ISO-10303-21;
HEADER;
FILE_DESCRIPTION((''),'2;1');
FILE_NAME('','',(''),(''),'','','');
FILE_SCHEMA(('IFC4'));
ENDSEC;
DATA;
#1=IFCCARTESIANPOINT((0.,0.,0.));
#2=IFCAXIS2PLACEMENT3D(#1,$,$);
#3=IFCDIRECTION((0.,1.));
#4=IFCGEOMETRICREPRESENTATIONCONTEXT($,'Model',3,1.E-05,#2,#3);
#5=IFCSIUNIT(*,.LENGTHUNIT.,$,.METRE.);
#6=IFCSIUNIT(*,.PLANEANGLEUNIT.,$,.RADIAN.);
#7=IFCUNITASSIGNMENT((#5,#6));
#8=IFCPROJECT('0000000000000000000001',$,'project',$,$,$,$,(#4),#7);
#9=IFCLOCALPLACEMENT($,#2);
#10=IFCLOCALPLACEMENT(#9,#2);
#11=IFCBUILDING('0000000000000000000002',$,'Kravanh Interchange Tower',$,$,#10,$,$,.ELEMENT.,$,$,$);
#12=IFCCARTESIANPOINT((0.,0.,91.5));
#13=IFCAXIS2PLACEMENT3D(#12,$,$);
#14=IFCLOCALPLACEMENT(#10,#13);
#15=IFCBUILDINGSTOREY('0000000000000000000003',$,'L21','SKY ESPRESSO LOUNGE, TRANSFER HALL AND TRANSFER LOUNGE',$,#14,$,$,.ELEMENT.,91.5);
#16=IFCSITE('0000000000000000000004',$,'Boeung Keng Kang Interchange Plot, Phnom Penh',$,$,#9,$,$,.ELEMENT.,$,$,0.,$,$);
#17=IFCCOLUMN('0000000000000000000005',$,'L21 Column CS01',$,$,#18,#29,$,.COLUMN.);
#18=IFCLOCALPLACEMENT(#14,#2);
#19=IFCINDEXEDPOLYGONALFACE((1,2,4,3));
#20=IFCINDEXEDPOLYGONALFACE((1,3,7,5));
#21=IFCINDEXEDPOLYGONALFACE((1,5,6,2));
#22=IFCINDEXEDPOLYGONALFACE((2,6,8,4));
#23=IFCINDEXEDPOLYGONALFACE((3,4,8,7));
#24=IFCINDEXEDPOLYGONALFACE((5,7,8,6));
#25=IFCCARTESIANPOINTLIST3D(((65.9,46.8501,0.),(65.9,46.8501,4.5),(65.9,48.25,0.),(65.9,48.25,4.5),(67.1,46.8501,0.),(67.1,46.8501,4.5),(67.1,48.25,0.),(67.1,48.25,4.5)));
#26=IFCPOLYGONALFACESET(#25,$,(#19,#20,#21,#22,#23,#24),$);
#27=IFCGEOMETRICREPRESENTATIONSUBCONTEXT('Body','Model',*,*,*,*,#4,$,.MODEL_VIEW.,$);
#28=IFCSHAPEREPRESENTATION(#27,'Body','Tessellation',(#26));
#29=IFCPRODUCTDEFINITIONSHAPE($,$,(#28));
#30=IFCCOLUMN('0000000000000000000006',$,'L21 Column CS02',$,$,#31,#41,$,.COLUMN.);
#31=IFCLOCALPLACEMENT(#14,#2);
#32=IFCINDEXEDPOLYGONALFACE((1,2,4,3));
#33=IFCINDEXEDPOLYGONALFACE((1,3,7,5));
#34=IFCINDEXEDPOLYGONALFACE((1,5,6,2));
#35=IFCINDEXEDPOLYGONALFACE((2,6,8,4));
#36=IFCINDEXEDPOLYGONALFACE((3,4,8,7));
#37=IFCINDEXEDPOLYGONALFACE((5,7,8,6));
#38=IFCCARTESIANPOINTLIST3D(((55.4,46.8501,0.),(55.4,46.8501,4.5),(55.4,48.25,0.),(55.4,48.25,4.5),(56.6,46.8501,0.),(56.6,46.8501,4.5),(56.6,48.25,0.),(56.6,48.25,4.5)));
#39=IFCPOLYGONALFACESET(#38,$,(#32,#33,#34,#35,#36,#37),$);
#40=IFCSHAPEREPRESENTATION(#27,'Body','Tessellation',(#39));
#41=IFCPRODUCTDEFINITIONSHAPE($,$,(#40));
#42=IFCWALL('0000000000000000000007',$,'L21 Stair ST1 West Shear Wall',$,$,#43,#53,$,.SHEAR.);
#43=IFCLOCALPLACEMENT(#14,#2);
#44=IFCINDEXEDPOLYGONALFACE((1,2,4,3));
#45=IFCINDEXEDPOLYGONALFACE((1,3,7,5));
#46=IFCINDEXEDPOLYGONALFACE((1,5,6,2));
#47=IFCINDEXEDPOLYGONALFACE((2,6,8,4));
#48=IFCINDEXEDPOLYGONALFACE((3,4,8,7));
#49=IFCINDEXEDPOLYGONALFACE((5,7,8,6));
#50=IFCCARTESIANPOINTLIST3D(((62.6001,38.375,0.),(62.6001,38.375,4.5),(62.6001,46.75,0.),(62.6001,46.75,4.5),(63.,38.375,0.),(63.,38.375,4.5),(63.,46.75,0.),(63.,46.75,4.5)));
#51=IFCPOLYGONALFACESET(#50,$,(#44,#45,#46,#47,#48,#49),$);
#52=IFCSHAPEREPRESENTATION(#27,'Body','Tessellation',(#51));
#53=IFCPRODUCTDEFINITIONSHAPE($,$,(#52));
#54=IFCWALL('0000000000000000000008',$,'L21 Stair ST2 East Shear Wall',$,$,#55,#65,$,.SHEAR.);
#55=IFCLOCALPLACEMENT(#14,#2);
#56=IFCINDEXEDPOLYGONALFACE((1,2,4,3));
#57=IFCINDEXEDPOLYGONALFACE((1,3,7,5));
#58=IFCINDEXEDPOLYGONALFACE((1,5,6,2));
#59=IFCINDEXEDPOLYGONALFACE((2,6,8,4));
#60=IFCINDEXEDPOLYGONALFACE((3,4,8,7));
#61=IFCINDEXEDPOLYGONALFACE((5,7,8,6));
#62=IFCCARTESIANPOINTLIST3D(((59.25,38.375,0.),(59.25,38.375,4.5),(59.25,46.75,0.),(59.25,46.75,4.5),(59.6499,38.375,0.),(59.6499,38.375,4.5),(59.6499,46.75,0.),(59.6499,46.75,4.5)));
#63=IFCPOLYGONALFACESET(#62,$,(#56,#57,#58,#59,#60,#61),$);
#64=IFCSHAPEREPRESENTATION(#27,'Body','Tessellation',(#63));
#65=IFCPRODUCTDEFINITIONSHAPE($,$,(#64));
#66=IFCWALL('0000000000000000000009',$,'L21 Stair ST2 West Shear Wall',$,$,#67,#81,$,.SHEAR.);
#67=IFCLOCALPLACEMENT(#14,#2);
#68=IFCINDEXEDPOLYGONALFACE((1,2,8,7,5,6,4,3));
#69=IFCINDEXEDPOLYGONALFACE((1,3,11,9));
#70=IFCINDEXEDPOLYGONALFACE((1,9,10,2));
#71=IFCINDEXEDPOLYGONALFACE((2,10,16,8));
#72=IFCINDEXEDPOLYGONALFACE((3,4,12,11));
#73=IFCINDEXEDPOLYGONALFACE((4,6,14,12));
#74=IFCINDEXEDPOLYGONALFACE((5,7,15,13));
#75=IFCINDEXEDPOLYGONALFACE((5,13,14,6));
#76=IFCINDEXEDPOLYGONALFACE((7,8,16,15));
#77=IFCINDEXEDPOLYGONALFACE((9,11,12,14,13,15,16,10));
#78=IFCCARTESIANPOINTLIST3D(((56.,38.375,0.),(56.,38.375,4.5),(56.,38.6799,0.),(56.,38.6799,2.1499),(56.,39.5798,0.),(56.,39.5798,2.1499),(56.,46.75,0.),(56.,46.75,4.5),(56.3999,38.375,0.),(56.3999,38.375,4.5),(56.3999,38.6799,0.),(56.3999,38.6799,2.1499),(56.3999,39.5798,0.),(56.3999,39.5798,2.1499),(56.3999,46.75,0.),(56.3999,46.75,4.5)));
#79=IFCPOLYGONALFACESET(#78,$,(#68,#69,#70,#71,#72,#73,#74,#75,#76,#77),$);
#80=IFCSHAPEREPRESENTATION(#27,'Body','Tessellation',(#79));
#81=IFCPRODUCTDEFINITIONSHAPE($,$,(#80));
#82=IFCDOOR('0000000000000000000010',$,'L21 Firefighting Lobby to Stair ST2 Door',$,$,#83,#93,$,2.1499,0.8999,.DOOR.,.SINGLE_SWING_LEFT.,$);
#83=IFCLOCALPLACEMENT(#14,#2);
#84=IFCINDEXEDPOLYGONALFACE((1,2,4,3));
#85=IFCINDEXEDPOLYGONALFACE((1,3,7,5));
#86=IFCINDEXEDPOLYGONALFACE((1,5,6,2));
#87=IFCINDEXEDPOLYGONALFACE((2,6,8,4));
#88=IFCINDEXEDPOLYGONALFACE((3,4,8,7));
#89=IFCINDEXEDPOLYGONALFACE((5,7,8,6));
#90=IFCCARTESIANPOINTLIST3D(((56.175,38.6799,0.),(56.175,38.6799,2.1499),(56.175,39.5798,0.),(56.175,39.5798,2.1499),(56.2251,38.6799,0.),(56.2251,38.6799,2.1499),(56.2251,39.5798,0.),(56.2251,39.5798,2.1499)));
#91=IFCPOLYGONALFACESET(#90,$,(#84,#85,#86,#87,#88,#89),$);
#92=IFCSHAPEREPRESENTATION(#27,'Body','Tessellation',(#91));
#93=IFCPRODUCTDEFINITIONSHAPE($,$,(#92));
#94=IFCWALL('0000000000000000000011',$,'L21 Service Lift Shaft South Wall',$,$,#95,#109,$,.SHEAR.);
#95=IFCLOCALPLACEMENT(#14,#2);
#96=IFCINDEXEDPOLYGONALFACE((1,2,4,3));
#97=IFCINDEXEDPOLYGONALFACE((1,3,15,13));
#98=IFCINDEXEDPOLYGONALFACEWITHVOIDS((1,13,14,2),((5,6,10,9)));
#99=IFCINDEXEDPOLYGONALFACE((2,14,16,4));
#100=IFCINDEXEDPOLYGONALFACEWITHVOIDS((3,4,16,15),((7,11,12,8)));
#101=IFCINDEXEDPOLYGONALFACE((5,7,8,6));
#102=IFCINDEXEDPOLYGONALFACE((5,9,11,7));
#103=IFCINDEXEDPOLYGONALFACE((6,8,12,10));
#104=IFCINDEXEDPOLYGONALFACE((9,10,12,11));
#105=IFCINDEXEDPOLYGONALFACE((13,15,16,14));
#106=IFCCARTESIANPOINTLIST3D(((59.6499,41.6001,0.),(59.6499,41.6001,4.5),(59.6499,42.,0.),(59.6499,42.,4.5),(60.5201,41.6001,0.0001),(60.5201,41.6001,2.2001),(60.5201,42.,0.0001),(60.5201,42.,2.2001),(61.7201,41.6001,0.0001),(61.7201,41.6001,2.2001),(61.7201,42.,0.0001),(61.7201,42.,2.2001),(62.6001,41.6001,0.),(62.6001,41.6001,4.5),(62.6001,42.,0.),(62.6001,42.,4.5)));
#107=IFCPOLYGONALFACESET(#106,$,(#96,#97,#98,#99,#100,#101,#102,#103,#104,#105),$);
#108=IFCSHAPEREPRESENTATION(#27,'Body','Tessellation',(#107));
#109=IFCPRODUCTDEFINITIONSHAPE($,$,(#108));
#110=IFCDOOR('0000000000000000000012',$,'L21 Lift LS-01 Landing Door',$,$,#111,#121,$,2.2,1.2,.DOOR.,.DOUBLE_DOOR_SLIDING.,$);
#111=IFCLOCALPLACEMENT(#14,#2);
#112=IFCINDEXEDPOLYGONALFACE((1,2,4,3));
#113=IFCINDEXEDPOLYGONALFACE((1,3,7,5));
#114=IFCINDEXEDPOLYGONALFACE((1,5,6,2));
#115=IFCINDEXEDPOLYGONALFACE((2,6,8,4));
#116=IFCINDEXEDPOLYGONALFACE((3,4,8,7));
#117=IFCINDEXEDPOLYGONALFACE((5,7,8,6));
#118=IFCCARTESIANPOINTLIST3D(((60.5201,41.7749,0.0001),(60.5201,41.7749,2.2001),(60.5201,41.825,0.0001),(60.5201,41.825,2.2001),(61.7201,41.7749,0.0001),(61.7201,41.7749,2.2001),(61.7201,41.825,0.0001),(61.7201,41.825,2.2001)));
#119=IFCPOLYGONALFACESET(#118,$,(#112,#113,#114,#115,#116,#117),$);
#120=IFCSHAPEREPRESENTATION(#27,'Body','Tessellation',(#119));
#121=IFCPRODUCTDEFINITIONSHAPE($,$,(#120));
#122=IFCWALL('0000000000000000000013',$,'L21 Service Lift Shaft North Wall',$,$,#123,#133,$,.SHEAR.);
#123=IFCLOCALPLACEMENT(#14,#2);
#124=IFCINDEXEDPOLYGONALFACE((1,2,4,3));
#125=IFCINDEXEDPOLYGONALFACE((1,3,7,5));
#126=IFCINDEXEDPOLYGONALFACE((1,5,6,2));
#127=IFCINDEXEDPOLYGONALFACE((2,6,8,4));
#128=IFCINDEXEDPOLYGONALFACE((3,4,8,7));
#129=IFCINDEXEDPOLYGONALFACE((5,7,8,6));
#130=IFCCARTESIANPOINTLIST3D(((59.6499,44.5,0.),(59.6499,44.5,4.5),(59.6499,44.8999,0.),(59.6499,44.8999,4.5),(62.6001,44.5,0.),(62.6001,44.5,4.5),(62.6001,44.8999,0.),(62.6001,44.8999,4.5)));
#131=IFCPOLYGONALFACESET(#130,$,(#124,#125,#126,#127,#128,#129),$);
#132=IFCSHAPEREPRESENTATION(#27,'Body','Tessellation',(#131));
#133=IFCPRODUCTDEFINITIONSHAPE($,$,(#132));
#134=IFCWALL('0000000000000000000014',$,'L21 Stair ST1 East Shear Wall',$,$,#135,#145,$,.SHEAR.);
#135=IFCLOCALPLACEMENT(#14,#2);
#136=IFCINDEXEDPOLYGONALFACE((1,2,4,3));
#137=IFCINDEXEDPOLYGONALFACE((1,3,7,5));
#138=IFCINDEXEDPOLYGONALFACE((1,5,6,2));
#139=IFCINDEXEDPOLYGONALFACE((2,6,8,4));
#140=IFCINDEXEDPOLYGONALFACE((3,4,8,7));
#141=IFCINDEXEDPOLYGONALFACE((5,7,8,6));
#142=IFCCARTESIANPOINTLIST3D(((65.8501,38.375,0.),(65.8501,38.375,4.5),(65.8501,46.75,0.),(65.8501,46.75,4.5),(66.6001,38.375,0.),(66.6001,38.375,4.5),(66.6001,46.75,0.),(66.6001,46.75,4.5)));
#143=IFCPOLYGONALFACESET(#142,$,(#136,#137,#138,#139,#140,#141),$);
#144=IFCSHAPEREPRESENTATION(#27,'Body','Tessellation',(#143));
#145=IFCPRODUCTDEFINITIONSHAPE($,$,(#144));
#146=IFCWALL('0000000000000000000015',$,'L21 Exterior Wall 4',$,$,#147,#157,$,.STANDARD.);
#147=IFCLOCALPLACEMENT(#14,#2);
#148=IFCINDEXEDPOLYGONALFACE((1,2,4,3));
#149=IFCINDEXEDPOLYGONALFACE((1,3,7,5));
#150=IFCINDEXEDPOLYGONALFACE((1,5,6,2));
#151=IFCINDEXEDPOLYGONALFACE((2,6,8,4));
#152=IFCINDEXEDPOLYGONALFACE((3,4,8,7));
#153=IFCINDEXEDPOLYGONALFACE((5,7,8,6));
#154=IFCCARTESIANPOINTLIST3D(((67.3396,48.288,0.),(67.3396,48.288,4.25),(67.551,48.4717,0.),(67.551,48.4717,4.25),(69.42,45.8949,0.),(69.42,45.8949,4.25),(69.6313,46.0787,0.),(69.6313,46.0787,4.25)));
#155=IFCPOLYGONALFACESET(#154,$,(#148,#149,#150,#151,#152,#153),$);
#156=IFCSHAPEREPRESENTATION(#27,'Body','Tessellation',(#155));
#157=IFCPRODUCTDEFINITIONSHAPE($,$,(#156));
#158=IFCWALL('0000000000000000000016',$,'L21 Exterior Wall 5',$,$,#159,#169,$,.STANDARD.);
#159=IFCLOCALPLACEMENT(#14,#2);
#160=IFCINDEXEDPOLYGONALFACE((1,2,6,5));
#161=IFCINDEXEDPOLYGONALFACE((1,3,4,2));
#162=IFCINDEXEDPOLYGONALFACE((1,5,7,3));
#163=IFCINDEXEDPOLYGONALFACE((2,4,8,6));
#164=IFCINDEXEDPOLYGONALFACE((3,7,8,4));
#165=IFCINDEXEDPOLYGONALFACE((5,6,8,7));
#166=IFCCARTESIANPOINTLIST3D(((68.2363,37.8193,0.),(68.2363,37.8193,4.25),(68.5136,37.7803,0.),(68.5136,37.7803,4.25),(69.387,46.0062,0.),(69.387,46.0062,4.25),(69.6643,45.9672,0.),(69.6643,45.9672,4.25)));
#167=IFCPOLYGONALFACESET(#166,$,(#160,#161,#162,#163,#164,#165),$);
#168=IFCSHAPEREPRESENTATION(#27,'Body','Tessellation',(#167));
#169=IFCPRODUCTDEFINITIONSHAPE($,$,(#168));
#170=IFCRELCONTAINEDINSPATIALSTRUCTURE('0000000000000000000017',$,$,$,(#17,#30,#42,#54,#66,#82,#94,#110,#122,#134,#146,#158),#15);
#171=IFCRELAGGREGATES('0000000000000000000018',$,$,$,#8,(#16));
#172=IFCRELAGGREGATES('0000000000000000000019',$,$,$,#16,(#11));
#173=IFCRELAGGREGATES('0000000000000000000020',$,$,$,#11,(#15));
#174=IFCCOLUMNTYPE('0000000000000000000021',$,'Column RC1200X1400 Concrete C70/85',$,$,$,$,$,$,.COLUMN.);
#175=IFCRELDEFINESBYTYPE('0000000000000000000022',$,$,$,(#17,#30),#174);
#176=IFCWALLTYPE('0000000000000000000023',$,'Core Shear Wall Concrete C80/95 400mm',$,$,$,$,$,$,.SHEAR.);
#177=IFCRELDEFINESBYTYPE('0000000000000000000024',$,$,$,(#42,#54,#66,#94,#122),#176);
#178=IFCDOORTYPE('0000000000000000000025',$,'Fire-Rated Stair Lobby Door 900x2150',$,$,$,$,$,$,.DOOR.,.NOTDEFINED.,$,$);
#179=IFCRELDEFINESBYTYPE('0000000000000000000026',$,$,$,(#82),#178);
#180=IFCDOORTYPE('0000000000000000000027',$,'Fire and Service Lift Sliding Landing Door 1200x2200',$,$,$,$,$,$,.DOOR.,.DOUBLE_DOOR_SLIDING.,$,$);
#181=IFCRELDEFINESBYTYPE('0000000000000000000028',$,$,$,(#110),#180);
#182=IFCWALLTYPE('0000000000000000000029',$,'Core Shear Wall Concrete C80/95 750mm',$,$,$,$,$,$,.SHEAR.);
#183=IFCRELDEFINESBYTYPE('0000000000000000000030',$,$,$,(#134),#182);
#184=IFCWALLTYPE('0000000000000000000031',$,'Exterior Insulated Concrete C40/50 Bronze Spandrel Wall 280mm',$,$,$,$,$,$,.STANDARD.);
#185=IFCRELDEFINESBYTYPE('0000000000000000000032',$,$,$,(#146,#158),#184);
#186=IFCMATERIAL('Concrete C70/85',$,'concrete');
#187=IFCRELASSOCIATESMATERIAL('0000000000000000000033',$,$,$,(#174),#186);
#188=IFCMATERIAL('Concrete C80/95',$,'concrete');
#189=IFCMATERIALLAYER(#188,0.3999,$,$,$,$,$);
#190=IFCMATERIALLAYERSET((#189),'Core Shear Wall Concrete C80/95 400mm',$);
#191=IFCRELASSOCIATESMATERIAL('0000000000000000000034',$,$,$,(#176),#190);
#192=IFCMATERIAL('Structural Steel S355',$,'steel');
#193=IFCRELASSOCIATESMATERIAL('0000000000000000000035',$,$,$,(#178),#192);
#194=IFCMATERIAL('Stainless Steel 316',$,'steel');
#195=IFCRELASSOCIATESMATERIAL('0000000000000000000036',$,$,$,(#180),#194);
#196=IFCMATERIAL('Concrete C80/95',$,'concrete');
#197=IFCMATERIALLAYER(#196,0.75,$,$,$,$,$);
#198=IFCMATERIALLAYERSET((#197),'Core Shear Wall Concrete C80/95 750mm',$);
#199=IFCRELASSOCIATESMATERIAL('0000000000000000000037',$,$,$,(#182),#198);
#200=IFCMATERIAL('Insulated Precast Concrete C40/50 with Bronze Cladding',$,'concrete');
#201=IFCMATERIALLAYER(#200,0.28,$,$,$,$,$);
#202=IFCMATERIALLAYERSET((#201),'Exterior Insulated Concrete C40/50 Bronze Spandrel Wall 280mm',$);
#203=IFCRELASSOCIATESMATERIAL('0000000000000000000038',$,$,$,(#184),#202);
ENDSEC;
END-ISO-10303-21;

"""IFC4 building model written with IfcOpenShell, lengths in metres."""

from ifc_helpers import new_model, si_unit, direction, frame, frame_2d, origin, origin_2d, place, context, subcontext, project, spatial, rectangle, extrude, material, layer, layer_set, material_profile, profile_set, type_object, element, fill, save


model = new_model("IFC4")

# Units and contexts
model_context = context("Model", 3, precision=1e-05, world=origin(), true_north=direction((0.0, 1.0)))
body_context = subcontext(model_context, "Body", "Model", "MODEL_VIEW")
ifc_project = project(units=[si_unit("LENGTHUNIT", "METRE"), si_unit("PLANEANGLEUNIT", "RADIAN")], contexts=[model_context])

# Site, building, storey
site_placement = place(None, origin())
site = spatial("IfcSite", under=ifc_project, at=site_placement, Name="Boeung Keng Kang Interchange Plot, Phnom Penh", CompositionType="ELEMENT", RefElevation=0.0)
building_placement = place(site_placement, origin())
building = spatial("IfcBuilding", under=site, at=building_placement, Name="Kravanh Interchange Tower", CompositionType="ELEMENT")
storey_placement = place(building_placement, frame((0.0, 0.0, 91.5)))
storey = spatial("IfcBuildingStorey", under=building, at=storey_placement, Name="L21", Description="SKY ESPRESSO LOUNGE, TRANSFER HALL AND TRANSFER LOUNGE", CompositionType="ELEMENT", Elevation=91.5)

# Columns
ifc_material_1 = material(Name="Concrete C70/85", Category="concrete")
ifc_material_profile = material_profile(ifc_material_1, rectangle(XDim=1.2, YDim=1.3999, at=origin_2d()), Name="RC1200X1400")
ifc_profile_set = profile_set([ifc_material_profile], Name="Concrete C70/85")
column_type = type_object("IfcColumnType", Name="Column RC1200X1400 Concrete C70/85", PredefinedType="COLUMN", material=ifc_profile_set)
for number, where, z_axis, x_axis, name in (
    (1, (66.5, 47.55, 0.0), (0.0, 0.0, 1.0), (1.0, 0.0, 0.0), "L21 Column CS01"),
    (2, (56.0, 47.55, 0.0), (0.0, 0.0, 1.0), (1.0, 0.0, 0.0), "L21 Column CS02"),
):
    element("IfcColumn", number, at=place(storey_placement, frame(where, z_axis=z_axis, x_axis=x_axis)), inside=storey, type_object=column_type, Name=name, PredefinedType="COLUMN", context=body_context, shape_type="SweptSolid", body=[
        extrude(rectangle(XDim=1.2, YDim=1.3999, at=origin_2d()), origin(), (0.0, 0.0, 1.0), 4.5),
    ])

# Walls
ifc_material_2 = material(Name="Concrete C80/95", Category="concrete")
ifc_layer_1 = layer(ifc_material_2, 0.3999)
ifc_layer_set_1 = layer_set([ifc_layer_1], Name="Core Shear Wall Concrete C80/95 400mm")
wall_type_1 = type_object("IfcWallType", Name="Core Shear Wall Concrete C80/95 400mm", PredefinedType="SHEAR", material=ifc_layer_set_1)
for number, where, z_axis, x_axis, name in (
    (3, (62.8, 38.375, 0.0), (0.0, 0.0, 1.0), (0.0, 1.0, 0.0), "L21 Stair ST1 West Shear Wall"),
    (4, (59.45, 38.375, 0.0), (0.0, 0.0, 1.0), (0.0, 1.0, 0.0), "L21 Stair ST2 East Shear Wall"),
):
    element("IfcWall", number, at=place(storey_placement, frame(where, z_axis=z_axis, x_axis=x_axis)), inside=storey, type_object=wall_type_1, Name=name, PredefinedType="SHEAR", context=body_context, shape_type="SweptSolid", body=[
        extrude(rectangle(XDim=8.375, YDim=0.3999, at=frame_2d((4.1875, 0.0))), origin(), (0.0, 0.0, 1.0), 4.5),
    ])

# Walls, openings, doors
wall_1_placement = place(storey_placement, frame((56.2, 38.375, 0.0), z_axis=(0.0, 0.0, 1.0), x_axis=(0.0, 1.0, 0.0)))
wall_1 = element("IfcWall", 5, at=wall_1_placement, inside=storey, type_object=wall_type_1, Name="L21 Stair ST2 West Shear Wall", PredefinedType="SHEAR", context=body_context, shape_type="SweptSolid", body=[
    extrude(rectangle(XDim=8.375, YDim=0.3999, at=frame_2d((4.1875, 0.0))), origin(), (0.0, 0.0, 1.0), 4.5),
])
opening_1_placement = place(wall_1_placement, frame((0.3049, 0.0, 0.0)))
opening_1 = element("IfcOpeningElement", 6, at=opening_1_placement, cuts=wall_1, PredefinedType="OPENING", context=body_context, shape_type="SweptSolid", body=[
    extrude(rectangle(XDim=0.8999, YDim=2.1499, at=frame_2d((0.45, 1.075))), frame((0.0, 0.21, 0.0), z_axis=(0.0, -1.0, 0.0), x_axis=(1.0, 0.0, 0.0)), (0.0, 0.0, 1.0), 0.4199),
])
ifc_material_3 = material(Name="Structural Steel S355", Category="steel")
door_type_1 = type_object("IfcDoorType", Name="Fire-Rated Stair Lobby Door 900x2150", OperationType="NOTDEFINED", PredefinedType="DOOR", material=ifc_material_3)
door_1_placement = place(opening_1_placement, origin())
door_1 = element("IfcDoor", 7, at=door_1_placement, inside=storey, type_object=door_type_1, Name="L21 Firefighting Lobby to Stair ST2 Door", OperationType="SINGLE_SWING_LEFT", OverallHeight=2.1499, OverallWidth=0.8999, PredefinedType="DOOR", context=body_context, shape_type="SweptSolid", body=[
    extrude(rectangle(XDim=0.8999, YDim=2.1499, at=frame_2d((0.45, 1.075))), frame((0.0, 0.0249, 0.0), z_axis=(0.0, -1.0, 0.0), x_axis=(1.0, 0.0, 0.0)), (0.0, 0.0, 1.0), 0.05),
])
fill(opening_1, door_1)
wall_2_placement = place(storey_placement, frame((59.6499, 41.8, 0.0), z_axis=(0.0, 0.0, 1.0), x_axis=(1.0, 0.0, 0.0)))
wall_2 = element("IfcWall", 8, at=wall_2_placement, inside=storey, type_object=wall_type_1, Name="L21 Service Lift Shaft South Wall", PredefinedType="SHEAR", context=body_context, shape_type="SweptSolid", body=[
    extrude(rectangle(XDim=2.9502, YDim=0.3999, at=frame_2d((1.4751, 0.0))), origin(), (0.0, 0.0, 1.0), 4.5),
])
opening_2_placement = place(wall_2_placement, frame((0.8701, 0.0, 0.0)))
opening_2 = element("IfcOpeningElement", 9, at=opening_2_placement, cuts=wall_2, PredefinedType="OPENING", context=body_context, shape_type="SweptSolid", body=[
    extrude(rectangle(XDim=1.2, YDim=2.2, at=frame_2d((0.6001, 1.1001))), frame((0.0, 0.21, 0.0), z_axis=(0.0, -1.0, 0.0), x_axis=(1.0, 0.0, 0.0)), (0.0, 0.0, 1.0), 0.4199),
])
ifc_material_4 = material(Name="Stainless Steel 316", Category="steel")
door_type_2 = type_object("IfcDoorType", Name="Fire and Service Lift Sliding Landing Door 1200x2200", OperationType="DOUBLE_DOOR_SLIDING", PredefinedType="DOOR", material=ifc_material_4)
door_2_placement = place(opening_2_placement, origin())
door_2 = element("IfcDoor", 10, at=door_2_placement, inside=storey, type_object=door_type_2, Name="L21 Lift LS-01 Landing Door", OperationType="DOUBLE_DOOR_SLIDING", OverallHeight=2.2, OverallWidth=1.2, PredefinedType="DOOR", context=body_context, shape_type="SweptSolid", body=[
    extrude(rectangle(XDim=1.2, YDim=2.2, at=frame_2d((0.6001, 1.1001))), frame((0.0, 0.0249, 0.0), z_axis=(0.0, -1.0, 0.0), x_axis=(1.0, 0.0, 0.0)), (0.0, 0.0, 1.0), 0.05),
])
fill(opening_2, door_2)

# Walls
wall_3_placement = place(storey_placement, frame((59.6499, 44.7, 0.0), z_axis=(0.0, 0.0, 1.0), x_axis=(1.0, 0.0, 0.0)))
element("IfcWall", 11, at=wall_3_placement, inside=storey, type_object=wall_type_1, Name="L21 Service Lift Shaft North Wall", PredefinedType="SHEAR", context=body_context, shape_type="SweptSolid", body=[
    extrude(rectangle(XDim=2.9502, YDim=0.3999, at=frame_2d((1.4751, 0.0))), origin(), (0.0, 0.0, 1.0), 4.5),
])
ifc_material_5 = material(Name="Concrete C80/95", Category="concrete")
ifc_layer_2 = layer(ifc_material_5, 0.75)
ifc_layer_set_2 = layer_set([ifc_layer_2], Name="Core Shear Wall Concrete C80/95 750mm")
wall_type_2 = type_object("IfcWallType", Name="Core Shear Wall Concrete C80/95 750mm", PredefinedType="SHEAR", material=ifc_layer_set_2)
wall_4_placement = place(storey_placement, frame((66.2251, 38.375, 0.0), z_axis=(0.0, 0.0, 1.0), x_axis=(0.0, 1.0, 0.0)))
element("IfcWall", 12, at=wall_4_placement, inside=storey, type_object=wall_type_2, Name="L21 Stair ST1 East Shear Wall", PredefinedType="SHEAR", context=body_context, shape_type="SweptSolid", body=[
    extrude(rectangle(XDim=8.375, YDim=0.75, at=frame_2d((4.1875, 0.0))), origin(), (0.0, 0.0, 1.0), 4.5),
])
ifc_material_6 = material(Name="Insulated Precast Concrete C40/50 with Bronze Cladding", Category="concrete")
ifc_layer_3 = layer(ifc_material_6, 0.28)
ifc_layer_set_3 = layer_set([ifc_layer_3], Name="Exterior Insulated Concrete C40/50 Bronze Spandrel Wall 280mm")
wall_type_3 = type_object("IfcWallType", Name="Exterior Insulated Concrete C40/50 Bronze Spandrel Wall 280mm", PredefinedType="STANDARD", material=ifc_layer_set_3)
wall_5_placement = place(storey_placement, frame((67.4453, 48.3799, 0.0), z_axis=(0.0, 0.0, 1.0), x_axis=(0.65607, -0.7547, 0.0)))
element("IfcWall", 13, at=wall_5_placement, inside=storey, type_object=wall_type_3, Name="L21 Exterior Wall 4", PredefinedType="STANDARD", context=body_context, shape_type="SweptSolid", body=[
    extrude(rectangle(XDim=3.1709, YDim=0.28, at=frame_2d((1.5854, 0.0))), origin(), (0.0, 0.0, 1.0), 4.25),
])
wall_6_placement = place(storey_placement, frame((69.5256, 45.9868, 0.0), z_axis=(0.0, 0.0, 1.0), x_axis=(-0.13918, -0.990267, 0.0)))
element("IfcWall", 14, at=wall_6_placement, inside=storey, type_object=wall_type_3, Name="L21 Exterior Wall 5", PredefinedType="STANDARD", context=body_context, shape_type="SweptSolid", body=[
    extrude(rectangle(XDim=8.2673, YDim=0.28, at=frame_2d((4.1338, 0.0))), origin(), (0.0, 0.0, 1.0), 4.25),
])

save(model, "model.ifc")
